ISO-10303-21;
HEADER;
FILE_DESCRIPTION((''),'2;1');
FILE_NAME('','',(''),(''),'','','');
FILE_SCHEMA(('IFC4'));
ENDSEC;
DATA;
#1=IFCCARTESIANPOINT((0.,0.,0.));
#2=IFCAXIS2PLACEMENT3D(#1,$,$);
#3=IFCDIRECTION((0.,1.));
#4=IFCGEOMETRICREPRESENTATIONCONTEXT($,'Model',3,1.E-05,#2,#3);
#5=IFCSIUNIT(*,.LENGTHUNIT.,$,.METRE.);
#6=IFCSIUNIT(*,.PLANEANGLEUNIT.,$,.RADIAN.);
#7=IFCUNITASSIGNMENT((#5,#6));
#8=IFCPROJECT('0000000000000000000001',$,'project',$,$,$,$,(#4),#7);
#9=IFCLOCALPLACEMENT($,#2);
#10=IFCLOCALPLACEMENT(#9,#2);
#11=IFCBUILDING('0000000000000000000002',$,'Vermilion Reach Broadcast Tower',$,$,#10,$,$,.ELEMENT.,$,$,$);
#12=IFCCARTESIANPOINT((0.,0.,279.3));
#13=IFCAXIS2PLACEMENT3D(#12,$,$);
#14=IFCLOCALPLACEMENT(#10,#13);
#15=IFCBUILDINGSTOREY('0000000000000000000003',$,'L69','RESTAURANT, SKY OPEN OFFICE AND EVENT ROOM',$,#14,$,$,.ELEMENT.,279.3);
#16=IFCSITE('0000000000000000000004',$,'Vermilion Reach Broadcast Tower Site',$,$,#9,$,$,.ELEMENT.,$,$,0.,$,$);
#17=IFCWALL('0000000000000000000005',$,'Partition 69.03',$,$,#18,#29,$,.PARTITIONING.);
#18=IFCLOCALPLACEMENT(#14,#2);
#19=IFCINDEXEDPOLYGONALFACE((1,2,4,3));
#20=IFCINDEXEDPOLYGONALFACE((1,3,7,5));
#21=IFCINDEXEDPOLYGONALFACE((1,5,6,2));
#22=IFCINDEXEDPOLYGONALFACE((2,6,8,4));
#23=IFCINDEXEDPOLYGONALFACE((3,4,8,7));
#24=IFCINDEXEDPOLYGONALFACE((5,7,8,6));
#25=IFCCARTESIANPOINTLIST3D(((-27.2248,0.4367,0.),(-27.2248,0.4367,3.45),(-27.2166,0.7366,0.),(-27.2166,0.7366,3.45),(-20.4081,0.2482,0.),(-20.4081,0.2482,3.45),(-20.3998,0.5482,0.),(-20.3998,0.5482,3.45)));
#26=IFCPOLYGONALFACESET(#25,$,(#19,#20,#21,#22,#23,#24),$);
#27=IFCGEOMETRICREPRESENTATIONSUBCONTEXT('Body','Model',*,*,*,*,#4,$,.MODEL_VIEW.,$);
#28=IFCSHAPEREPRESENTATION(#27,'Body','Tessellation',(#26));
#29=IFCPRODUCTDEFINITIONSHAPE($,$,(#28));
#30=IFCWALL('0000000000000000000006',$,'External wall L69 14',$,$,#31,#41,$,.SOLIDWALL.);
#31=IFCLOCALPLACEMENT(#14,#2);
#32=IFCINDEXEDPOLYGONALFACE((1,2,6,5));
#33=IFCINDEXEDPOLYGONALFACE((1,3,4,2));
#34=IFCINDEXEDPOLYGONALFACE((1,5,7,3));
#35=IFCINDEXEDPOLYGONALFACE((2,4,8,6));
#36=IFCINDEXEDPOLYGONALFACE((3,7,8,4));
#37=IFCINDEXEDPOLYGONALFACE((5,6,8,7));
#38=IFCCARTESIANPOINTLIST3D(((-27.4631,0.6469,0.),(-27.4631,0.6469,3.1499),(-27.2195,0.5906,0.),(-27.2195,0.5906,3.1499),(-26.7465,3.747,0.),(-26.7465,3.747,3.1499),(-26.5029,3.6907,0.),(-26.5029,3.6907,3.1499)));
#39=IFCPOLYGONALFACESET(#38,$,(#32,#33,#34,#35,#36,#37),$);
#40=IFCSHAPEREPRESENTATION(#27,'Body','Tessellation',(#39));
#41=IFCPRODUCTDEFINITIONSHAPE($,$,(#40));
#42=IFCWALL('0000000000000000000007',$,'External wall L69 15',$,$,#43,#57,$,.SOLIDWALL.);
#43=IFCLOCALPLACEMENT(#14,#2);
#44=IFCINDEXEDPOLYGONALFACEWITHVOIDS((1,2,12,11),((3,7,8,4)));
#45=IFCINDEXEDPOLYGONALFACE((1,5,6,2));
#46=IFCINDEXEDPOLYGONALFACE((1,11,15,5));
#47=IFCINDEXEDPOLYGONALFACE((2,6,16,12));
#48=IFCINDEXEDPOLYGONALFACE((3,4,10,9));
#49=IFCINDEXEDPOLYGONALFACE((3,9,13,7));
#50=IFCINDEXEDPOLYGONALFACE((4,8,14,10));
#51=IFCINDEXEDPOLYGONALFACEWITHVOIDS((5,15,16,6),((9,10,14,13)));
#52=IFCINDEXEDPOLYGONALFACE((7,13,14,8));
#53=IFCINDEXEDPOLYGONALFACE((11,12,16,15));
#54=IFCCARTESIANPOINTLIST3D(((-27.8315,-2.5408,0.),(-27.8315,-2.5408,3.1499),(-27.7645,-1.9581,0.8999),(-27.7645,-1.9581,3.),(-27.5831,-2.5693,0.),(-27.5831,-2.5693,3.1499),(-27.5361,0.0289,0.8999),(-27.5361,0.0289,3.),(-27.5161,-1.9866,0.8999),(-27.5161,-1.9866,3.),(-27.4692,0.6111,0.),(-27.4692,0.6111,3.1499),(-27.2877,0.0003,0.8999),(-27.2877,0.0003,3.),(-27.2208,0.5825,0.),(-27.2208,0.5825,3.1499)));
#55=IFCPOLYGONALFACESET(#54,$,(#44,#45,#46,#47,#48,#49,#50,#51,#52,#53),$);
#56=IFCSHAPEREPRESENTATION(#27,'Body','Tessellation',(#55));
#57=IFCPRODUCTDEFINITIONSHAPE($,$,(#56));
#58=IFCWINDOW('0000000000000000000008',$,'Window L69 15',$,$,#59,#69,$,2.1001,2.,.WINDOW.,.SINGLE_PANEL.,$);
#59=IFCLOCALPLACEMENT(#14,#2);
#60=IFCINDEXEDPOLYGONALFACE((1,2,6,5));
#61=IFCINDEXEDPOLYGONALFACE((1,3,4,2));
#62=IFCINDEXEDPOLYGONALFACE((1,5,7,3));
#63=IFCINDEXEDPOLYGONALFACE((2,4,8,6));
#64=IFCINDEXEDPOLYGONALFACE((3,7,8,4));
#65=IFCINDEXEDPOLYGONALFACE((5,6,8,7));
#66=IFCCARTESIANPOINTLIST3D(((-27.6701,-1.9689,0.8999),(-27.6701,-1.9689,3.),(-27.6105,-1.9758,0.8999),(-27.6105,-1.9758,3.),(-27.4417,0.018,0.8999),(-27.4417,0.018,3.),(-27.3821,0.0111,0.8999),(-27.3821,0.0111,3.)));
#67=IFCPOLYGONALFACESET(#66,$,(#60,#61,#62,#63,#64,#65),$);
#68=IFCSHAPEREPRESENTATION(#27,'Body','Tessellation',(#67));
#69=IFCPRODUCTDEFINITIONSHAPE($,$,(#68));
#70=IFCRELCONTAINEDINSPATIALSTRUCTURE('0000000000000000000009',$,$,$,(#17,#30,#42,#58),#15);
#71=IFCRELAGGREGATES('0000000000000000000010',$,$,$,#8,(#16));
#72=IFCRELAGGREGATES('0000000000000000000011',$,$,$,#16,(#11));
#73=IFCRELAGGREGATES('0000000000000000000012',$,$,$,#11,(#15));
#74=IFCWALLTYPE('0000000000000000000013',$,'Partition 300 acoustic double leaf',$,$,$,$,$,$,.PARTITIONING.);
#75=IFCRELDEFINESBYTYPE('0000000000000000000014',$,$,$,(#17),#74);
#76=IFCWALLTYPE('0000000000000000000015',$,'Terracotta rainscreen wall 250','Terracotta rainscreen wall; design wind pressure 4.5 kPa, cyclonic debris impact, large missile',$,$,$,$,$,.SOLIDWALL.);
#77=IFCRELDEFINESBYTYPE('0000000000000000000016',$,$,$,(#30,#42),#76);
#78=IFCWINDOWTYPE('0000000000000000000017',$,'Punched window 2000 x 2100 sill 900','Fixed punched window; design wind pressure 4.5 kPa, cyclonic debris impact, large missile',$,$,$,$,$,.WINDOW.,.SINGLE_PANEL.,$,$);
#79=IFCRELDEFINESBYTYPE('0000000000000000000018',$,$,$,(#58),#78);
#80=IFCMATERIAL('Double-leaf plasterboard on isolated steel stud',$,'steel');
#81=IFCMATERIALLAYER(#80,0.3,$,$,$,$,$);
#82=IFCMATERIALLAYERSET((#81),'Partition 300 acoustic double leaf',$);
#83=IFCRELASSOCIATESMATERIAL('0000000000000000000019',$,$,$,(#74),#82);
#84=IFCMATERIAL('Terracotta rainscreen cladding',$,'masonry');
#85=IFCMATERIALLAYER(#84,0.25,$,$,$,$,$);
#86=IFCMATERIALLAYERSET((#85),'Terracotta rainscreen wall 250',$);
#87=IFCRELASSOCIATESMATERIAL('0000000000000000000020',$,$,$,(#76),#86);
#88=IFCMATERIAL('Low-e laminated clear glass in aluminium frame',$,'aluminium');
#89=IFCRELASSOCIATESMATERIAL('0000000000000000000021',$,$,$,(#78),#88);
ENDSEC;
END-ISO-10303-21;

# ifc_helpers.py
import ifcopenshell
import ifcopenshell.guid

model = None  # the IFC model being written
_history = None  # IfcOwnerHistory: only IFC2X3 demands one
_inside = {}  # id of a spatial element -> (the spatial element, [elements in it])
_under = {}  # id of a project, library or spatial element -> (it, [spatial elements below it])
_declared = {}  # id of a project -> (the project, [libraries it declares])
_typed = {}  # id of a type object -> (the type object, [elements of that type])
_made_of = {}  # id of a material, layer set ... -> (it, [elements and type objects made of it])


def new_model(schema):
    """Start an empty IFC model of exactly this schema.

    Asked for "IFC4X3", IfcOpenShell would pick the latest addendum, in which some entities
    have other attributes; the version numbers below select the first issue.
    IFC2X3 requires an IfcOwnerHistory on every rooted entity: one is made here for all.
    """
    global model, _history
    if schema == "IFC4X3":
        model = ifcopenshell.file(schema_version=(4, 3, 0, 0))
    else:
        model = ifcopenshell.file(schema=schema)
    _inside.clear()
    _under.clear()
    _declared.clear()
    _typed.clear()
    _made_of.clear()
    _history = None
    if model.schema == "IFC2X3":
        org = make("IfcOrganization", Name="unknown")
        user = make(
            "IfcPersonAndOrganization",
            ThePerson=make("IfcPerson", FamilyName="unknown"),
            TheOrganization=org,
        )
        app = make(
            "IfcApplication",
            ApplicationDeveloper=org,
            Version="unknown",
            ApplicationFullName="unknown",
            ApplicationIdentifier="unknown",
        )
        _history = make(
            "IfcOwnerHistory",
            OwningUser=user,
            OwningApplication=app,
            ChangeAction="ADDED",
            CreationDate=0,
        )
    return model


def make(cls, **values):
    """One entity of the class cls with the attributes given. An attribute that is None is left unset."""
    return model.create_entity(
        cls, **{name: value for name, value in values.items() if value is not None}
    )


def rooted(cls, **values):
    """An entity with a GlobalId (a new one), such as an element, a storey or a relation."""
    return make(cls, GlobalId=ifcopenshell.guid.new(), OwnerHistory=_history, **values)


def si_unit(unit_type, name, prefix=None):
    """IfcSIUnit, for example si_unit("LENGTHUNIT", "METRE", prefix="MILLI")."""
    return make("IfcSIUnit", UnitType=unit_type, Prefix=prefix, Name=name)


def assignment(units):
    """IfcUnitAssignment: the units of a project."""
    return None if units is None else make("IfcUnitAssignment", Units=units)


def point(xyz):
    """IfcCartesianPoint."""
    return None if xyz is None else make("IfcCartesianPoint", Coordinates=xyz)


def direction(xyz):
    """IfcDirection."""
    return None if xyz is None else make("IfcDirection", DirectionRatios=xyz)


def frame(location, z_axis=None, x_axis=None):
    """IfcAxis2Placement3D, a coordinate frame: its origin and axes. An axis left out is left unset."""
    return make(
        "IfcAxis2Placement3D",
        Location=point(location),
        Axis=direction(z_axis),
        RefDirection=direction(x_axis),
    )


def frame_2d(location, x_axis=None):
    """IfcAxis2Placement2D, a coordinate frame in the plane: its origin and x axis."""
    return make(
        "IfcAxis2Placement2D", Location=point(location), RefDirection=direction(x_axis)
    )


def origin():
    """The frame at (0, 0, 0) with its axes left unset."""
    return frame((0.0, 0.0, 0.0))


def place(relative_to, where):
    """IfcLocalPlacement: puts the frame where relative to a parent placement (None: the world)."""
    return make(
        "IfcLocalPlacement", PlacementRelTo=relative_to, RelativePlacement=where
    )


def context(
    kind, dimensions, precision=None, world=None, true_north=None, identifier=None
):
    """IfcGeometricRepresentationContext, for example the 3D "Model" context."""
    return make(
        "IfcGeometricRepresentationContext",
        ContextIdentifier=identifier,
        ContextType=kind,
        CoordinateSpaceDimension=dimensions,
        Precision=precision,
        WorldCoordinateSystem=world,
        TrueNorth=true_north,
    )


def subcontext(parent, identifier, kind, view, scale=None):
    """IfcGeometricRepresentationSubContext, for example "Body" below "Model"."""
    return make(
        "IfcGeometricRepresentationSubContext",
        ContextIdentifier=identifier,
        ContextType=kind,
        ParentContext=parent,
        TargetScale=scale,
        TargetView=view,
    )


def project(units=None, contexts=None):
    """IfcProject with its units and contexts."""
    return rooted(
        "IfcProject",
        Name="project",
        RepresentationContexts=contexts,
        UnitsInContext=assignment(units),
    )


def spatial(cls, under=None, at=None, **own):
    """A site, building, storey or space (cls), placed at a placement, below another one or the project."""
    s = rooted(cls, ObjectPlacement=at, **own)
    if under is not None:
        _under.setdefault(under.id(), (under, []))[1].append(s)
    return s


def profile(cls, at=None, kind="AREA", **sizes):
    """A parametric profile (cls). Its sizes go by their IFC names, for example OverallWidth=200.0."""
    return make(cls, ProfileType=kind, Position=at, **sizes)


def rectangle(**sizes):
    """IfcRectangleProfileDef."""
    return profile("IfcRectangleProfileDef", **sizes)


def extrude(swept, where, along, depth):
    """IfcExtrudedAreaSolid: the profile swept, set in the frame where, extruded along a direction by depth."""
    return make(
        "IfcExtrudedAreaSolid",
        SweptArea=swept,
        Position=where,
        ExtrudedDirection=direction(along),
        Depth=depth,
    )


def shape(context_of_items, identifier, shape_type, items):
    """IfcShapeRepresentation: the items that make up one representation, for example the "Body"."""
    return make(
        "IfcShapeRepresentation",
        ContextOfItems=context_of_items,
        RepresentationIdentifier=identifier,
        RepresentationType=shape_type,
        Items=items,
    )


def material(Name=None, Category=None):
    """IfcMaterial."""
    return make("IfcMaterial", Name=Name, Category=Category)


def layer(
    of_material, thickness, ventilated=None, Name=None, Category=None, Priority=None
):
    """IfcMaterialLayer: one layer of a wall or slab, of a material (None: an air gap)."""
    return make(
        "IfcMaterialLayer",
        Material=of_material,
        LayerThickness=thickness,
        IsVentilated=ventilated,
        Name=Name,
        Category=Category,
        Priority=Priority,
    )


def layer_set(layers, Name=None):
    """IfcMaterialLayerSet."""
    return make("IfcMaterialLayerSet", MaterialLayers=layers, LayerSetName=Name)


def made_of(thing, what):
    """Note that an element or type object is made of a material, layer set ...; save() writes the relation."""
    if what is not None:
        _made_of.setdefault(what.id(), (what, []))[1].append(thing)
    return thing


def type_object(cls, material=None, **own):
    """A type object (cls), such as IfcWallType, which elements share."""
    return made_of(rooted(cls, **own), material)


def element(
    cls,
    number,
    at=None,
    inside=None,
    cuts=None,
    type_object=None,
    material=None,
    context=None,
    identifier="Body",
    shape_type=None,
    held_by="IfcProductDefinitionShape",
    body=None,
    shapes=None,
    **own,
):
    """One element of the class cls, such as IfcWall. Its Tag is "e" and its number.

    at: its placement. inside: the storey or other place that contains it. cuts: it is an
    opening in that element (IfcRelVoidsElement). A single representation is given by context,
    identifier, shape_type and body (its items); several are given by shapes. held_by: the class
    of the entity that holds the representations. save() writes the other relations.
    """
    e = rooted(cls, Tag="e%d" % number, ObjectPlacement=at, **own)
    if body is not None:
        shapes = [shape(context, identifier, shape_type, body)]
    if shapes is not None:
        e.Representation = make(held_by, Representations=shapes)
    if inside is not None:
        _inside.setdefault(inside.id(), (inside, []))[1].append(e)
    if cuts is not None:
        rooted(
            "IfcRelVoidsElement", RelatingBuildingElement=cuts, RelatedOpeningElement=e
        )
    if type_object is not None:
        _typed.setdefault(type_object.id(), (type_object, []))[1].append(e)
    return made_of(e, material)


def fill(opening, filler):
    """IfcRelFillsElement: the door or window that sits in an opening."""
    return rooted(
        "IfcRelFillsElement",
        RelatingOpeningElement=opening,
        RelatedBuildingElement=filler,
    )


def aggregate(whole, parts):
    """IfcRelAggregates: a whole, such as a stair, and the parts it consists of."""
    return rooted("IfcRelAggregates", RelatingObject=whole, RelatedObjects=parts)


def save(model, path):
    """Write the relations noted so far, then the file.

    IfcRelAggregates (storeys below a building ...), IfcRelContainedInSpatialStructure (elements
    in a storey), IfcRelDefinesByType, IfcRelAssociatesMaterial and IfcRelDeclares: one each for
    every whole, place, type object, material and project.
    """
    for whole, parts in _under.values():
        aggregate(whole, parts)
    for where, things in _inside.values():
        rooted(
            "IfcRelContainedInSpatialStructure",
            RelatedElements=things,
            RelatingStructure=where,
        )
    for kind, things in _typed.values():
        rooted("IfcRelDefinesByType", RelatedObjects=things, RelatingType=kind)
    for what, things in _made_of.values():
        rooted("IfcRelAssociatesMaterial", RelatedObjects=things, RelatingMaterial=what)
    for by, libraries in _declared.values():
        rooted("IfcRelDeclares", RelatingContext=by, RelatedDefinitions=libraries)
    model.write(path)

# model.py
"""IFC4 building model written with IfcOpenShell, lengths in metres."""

from ifc_helpers import new_model, si_unit, direction, frame, frame_2d, origin, place, context, subcontext, project, spatial, rectangle, extrude, material, layer, layer_set, type_object, element, fill, save


model = new_model("IFC4")

# Units and contexts
model_context = context("Model", 3, precision=1e-05, world=origin(), true_north=direction((0.0, 1.0)))
body_context = subcontext(model_context, "Body", "Model", "MODEL_VIEW")
ifc_project = project(units=[si_unit("LENGTHUNIT", "METRE"), si_unit("PLANEANGLEUNIT", "RADIAN")], contexts=[model_context])

# Site, building, storey
site_placement = place(None, origin())
site = spatial("IfcSite", under=ifc_project, at=site_placement, Name="Vermilion Reach Broadcast Tower Site", CompositionType="ELEMENT", RefElevation=0.0)
building_placement = place(site_placement, origin())
building = spatial("IfcBuilding", under=site, at=building_placement, Name="Vermilion Reach Broadcast Tower", CompositionType="ELEMENT")
storey_placement = place(building_placement, frame((0.0, 0.0, 279.3)))
storey = spatial("IfcBuildingStorey", under=building, at=storey_placement, Name="L69", Description="RESTAURANT, SKY OPEN OFFICE AND EVENT ROOM", CompositionType="ELEMENT", Elevation=279.3)

# Walls
ifc_material_1 = material(Name="Double-leaf plasterboard on isolated steel stud", Category="steel")
ifc_layer_1 = layer(ifc_material_1, 0.3)
ifc_layer_set_1 = layer_set([ifc_layer_1], Name="Partition 300 acoustic double leaf")
wall_type_1 = type_object("IfcWallType", Name="Partition 300 acoustic double leaf", PredefinedType="PARTITIONING", material=ifc_layer_set_1)
wall_1_placement = place(storey_placement, frame((-27.2207, 0.5867, 0.0), z_axis=(0.0, 0.0, 1.0), x_axis=(0.999618, -0.027639, 0.0)))
element("IfcWall", 1, at=wall_1_placement, inside=storey, type_object=wall_type_1, Name="Partition 69.03", PredefinedType="PARTITIONING", context=body_context, shape_type="SweptSolid", body=[
    extrude(rectangle(XDim=6.8193, YDim=0.3, at=frame_2d((3.4097, 0.0))), origin(), (0.0, 0.0, 1.0), 3.45),
])
ifc_material_2 = material(Name="Terracotta rainscreen cladding", Category="masonry")
ifc_layer_2 = layer(ifc_material_2, 0.25)
ifc_layer_set_2 = layer_set([ifc_layer_2], Name="Terracotta rainscreen wall 250")
wall_type_2 = type_object("IfcWallType", Name="Terracotta rainscreen wall 250", Description="Terracotta rainscreen wall; design wind pressure 4.5 kPa, cyclonic debris impact, large missile", PredefinedType="SOLIDWALL", material=ifc_layer_set_2)
wall_2_placement = place(storey_placement, frame((-26.6248, 3.7188, 0.0), z_axis=(0.0, 0.0, 1.0), x_axis=(-0.225201, -0.974312, 0.0)))
element("IfcWall", 2, at=wall_2_placement, inside=storey, type_object=wall_type_2, Name="External wall L69 14", PredefinedType="SOLIDWALL", context=body_context, shape_type="SweptSolid", body=[
    extrude(rectangle(XDim=3.1819, YDim=0.25, at=frame_2d((1.5908, 0.0))), origin(), (0.0, 0.0, 1.0), 3.1499),
])

# Wall, opening, window
wall_3_placement = place(storey_placement, frame((-27.345, 0.5969, 0.0), z_axis=(0.0, 0.0, 1.0), x_axis=(-0.114198, -0.993458, 0.0)))
wall_3 = element("IfcWall", 3, at=wall_3_placement, inside=storey, type_object=wall_type_2, Name="External wall L69 15", PredefinedType="SOLIDWALL", context=body_context, shape_type="SweptSolid", body=[
    extrude(rectangle(XDim=3.1726, YDim=0.25, at=frame_2d((1.5864, 0.0))), origin(), (0.0, 0.0, 1.0), 3.1499),
])
opening_1_placement = place(wall_3_placement, frame((0.5862, 0.0, 0.8999)))
opening_1 = element("IfcOpeningElement", 4, at=opening_1_placement, cuts=wall_3, PredefinedType="OPENING", context=body_context, shape_type="SweptSolid", body=[
    extrude(rectangle(XDim=2.0, YDim=2.1001, at=frame_2d((1.0, 1.05))), frame((0.0, 0.135, 0.0), z_axis=(0.0, -1.0, 0.0), x_axis=(1.0, 0.0, 0.0)), (0.0, 0.0, 1.0), 0.27),
])
ifc_material_3 = material(Name="Low-e laminated clear glass in aluminium frame", Category="aluminium")
window_type = type_object("IfcWindowType", Name="Punched window 2000 x 2100 sill 900", Description="Fixed punched window; design wind pressure 4.5 kPa, cyclonic debris impact, large missile", PartitioningType="SINGLE_PANEL", PredefinedType="WINDOW", material=ifc_material_3)
window_placement = place(opening_1_placement, origin())
window = element("IfcWindow", 5, at=window_placement, inside=storey, type_object=window_type, Name="Window L69 15", OverallHeight=2.1001, OverallWidth=2.0, PartitioningType="SINGLE_PANEL", PredefinedType="WINDOW", context=body_context, shape_type="SweptSolid", body=[
    extrude(rectangle(XDim=2.0, YDim=2.1001, at=frame_2d((1.0, 1.05))), frame((0.0, 0.03, 0.0), z_axis=(0.0, -1.0, 0.0), x_axis=(1.0, 0.0, 0.0)), (0.0, 0.0, 1.0), 0.0601),
])
fill(opening_1, window)

save(model, "model.ifc")
